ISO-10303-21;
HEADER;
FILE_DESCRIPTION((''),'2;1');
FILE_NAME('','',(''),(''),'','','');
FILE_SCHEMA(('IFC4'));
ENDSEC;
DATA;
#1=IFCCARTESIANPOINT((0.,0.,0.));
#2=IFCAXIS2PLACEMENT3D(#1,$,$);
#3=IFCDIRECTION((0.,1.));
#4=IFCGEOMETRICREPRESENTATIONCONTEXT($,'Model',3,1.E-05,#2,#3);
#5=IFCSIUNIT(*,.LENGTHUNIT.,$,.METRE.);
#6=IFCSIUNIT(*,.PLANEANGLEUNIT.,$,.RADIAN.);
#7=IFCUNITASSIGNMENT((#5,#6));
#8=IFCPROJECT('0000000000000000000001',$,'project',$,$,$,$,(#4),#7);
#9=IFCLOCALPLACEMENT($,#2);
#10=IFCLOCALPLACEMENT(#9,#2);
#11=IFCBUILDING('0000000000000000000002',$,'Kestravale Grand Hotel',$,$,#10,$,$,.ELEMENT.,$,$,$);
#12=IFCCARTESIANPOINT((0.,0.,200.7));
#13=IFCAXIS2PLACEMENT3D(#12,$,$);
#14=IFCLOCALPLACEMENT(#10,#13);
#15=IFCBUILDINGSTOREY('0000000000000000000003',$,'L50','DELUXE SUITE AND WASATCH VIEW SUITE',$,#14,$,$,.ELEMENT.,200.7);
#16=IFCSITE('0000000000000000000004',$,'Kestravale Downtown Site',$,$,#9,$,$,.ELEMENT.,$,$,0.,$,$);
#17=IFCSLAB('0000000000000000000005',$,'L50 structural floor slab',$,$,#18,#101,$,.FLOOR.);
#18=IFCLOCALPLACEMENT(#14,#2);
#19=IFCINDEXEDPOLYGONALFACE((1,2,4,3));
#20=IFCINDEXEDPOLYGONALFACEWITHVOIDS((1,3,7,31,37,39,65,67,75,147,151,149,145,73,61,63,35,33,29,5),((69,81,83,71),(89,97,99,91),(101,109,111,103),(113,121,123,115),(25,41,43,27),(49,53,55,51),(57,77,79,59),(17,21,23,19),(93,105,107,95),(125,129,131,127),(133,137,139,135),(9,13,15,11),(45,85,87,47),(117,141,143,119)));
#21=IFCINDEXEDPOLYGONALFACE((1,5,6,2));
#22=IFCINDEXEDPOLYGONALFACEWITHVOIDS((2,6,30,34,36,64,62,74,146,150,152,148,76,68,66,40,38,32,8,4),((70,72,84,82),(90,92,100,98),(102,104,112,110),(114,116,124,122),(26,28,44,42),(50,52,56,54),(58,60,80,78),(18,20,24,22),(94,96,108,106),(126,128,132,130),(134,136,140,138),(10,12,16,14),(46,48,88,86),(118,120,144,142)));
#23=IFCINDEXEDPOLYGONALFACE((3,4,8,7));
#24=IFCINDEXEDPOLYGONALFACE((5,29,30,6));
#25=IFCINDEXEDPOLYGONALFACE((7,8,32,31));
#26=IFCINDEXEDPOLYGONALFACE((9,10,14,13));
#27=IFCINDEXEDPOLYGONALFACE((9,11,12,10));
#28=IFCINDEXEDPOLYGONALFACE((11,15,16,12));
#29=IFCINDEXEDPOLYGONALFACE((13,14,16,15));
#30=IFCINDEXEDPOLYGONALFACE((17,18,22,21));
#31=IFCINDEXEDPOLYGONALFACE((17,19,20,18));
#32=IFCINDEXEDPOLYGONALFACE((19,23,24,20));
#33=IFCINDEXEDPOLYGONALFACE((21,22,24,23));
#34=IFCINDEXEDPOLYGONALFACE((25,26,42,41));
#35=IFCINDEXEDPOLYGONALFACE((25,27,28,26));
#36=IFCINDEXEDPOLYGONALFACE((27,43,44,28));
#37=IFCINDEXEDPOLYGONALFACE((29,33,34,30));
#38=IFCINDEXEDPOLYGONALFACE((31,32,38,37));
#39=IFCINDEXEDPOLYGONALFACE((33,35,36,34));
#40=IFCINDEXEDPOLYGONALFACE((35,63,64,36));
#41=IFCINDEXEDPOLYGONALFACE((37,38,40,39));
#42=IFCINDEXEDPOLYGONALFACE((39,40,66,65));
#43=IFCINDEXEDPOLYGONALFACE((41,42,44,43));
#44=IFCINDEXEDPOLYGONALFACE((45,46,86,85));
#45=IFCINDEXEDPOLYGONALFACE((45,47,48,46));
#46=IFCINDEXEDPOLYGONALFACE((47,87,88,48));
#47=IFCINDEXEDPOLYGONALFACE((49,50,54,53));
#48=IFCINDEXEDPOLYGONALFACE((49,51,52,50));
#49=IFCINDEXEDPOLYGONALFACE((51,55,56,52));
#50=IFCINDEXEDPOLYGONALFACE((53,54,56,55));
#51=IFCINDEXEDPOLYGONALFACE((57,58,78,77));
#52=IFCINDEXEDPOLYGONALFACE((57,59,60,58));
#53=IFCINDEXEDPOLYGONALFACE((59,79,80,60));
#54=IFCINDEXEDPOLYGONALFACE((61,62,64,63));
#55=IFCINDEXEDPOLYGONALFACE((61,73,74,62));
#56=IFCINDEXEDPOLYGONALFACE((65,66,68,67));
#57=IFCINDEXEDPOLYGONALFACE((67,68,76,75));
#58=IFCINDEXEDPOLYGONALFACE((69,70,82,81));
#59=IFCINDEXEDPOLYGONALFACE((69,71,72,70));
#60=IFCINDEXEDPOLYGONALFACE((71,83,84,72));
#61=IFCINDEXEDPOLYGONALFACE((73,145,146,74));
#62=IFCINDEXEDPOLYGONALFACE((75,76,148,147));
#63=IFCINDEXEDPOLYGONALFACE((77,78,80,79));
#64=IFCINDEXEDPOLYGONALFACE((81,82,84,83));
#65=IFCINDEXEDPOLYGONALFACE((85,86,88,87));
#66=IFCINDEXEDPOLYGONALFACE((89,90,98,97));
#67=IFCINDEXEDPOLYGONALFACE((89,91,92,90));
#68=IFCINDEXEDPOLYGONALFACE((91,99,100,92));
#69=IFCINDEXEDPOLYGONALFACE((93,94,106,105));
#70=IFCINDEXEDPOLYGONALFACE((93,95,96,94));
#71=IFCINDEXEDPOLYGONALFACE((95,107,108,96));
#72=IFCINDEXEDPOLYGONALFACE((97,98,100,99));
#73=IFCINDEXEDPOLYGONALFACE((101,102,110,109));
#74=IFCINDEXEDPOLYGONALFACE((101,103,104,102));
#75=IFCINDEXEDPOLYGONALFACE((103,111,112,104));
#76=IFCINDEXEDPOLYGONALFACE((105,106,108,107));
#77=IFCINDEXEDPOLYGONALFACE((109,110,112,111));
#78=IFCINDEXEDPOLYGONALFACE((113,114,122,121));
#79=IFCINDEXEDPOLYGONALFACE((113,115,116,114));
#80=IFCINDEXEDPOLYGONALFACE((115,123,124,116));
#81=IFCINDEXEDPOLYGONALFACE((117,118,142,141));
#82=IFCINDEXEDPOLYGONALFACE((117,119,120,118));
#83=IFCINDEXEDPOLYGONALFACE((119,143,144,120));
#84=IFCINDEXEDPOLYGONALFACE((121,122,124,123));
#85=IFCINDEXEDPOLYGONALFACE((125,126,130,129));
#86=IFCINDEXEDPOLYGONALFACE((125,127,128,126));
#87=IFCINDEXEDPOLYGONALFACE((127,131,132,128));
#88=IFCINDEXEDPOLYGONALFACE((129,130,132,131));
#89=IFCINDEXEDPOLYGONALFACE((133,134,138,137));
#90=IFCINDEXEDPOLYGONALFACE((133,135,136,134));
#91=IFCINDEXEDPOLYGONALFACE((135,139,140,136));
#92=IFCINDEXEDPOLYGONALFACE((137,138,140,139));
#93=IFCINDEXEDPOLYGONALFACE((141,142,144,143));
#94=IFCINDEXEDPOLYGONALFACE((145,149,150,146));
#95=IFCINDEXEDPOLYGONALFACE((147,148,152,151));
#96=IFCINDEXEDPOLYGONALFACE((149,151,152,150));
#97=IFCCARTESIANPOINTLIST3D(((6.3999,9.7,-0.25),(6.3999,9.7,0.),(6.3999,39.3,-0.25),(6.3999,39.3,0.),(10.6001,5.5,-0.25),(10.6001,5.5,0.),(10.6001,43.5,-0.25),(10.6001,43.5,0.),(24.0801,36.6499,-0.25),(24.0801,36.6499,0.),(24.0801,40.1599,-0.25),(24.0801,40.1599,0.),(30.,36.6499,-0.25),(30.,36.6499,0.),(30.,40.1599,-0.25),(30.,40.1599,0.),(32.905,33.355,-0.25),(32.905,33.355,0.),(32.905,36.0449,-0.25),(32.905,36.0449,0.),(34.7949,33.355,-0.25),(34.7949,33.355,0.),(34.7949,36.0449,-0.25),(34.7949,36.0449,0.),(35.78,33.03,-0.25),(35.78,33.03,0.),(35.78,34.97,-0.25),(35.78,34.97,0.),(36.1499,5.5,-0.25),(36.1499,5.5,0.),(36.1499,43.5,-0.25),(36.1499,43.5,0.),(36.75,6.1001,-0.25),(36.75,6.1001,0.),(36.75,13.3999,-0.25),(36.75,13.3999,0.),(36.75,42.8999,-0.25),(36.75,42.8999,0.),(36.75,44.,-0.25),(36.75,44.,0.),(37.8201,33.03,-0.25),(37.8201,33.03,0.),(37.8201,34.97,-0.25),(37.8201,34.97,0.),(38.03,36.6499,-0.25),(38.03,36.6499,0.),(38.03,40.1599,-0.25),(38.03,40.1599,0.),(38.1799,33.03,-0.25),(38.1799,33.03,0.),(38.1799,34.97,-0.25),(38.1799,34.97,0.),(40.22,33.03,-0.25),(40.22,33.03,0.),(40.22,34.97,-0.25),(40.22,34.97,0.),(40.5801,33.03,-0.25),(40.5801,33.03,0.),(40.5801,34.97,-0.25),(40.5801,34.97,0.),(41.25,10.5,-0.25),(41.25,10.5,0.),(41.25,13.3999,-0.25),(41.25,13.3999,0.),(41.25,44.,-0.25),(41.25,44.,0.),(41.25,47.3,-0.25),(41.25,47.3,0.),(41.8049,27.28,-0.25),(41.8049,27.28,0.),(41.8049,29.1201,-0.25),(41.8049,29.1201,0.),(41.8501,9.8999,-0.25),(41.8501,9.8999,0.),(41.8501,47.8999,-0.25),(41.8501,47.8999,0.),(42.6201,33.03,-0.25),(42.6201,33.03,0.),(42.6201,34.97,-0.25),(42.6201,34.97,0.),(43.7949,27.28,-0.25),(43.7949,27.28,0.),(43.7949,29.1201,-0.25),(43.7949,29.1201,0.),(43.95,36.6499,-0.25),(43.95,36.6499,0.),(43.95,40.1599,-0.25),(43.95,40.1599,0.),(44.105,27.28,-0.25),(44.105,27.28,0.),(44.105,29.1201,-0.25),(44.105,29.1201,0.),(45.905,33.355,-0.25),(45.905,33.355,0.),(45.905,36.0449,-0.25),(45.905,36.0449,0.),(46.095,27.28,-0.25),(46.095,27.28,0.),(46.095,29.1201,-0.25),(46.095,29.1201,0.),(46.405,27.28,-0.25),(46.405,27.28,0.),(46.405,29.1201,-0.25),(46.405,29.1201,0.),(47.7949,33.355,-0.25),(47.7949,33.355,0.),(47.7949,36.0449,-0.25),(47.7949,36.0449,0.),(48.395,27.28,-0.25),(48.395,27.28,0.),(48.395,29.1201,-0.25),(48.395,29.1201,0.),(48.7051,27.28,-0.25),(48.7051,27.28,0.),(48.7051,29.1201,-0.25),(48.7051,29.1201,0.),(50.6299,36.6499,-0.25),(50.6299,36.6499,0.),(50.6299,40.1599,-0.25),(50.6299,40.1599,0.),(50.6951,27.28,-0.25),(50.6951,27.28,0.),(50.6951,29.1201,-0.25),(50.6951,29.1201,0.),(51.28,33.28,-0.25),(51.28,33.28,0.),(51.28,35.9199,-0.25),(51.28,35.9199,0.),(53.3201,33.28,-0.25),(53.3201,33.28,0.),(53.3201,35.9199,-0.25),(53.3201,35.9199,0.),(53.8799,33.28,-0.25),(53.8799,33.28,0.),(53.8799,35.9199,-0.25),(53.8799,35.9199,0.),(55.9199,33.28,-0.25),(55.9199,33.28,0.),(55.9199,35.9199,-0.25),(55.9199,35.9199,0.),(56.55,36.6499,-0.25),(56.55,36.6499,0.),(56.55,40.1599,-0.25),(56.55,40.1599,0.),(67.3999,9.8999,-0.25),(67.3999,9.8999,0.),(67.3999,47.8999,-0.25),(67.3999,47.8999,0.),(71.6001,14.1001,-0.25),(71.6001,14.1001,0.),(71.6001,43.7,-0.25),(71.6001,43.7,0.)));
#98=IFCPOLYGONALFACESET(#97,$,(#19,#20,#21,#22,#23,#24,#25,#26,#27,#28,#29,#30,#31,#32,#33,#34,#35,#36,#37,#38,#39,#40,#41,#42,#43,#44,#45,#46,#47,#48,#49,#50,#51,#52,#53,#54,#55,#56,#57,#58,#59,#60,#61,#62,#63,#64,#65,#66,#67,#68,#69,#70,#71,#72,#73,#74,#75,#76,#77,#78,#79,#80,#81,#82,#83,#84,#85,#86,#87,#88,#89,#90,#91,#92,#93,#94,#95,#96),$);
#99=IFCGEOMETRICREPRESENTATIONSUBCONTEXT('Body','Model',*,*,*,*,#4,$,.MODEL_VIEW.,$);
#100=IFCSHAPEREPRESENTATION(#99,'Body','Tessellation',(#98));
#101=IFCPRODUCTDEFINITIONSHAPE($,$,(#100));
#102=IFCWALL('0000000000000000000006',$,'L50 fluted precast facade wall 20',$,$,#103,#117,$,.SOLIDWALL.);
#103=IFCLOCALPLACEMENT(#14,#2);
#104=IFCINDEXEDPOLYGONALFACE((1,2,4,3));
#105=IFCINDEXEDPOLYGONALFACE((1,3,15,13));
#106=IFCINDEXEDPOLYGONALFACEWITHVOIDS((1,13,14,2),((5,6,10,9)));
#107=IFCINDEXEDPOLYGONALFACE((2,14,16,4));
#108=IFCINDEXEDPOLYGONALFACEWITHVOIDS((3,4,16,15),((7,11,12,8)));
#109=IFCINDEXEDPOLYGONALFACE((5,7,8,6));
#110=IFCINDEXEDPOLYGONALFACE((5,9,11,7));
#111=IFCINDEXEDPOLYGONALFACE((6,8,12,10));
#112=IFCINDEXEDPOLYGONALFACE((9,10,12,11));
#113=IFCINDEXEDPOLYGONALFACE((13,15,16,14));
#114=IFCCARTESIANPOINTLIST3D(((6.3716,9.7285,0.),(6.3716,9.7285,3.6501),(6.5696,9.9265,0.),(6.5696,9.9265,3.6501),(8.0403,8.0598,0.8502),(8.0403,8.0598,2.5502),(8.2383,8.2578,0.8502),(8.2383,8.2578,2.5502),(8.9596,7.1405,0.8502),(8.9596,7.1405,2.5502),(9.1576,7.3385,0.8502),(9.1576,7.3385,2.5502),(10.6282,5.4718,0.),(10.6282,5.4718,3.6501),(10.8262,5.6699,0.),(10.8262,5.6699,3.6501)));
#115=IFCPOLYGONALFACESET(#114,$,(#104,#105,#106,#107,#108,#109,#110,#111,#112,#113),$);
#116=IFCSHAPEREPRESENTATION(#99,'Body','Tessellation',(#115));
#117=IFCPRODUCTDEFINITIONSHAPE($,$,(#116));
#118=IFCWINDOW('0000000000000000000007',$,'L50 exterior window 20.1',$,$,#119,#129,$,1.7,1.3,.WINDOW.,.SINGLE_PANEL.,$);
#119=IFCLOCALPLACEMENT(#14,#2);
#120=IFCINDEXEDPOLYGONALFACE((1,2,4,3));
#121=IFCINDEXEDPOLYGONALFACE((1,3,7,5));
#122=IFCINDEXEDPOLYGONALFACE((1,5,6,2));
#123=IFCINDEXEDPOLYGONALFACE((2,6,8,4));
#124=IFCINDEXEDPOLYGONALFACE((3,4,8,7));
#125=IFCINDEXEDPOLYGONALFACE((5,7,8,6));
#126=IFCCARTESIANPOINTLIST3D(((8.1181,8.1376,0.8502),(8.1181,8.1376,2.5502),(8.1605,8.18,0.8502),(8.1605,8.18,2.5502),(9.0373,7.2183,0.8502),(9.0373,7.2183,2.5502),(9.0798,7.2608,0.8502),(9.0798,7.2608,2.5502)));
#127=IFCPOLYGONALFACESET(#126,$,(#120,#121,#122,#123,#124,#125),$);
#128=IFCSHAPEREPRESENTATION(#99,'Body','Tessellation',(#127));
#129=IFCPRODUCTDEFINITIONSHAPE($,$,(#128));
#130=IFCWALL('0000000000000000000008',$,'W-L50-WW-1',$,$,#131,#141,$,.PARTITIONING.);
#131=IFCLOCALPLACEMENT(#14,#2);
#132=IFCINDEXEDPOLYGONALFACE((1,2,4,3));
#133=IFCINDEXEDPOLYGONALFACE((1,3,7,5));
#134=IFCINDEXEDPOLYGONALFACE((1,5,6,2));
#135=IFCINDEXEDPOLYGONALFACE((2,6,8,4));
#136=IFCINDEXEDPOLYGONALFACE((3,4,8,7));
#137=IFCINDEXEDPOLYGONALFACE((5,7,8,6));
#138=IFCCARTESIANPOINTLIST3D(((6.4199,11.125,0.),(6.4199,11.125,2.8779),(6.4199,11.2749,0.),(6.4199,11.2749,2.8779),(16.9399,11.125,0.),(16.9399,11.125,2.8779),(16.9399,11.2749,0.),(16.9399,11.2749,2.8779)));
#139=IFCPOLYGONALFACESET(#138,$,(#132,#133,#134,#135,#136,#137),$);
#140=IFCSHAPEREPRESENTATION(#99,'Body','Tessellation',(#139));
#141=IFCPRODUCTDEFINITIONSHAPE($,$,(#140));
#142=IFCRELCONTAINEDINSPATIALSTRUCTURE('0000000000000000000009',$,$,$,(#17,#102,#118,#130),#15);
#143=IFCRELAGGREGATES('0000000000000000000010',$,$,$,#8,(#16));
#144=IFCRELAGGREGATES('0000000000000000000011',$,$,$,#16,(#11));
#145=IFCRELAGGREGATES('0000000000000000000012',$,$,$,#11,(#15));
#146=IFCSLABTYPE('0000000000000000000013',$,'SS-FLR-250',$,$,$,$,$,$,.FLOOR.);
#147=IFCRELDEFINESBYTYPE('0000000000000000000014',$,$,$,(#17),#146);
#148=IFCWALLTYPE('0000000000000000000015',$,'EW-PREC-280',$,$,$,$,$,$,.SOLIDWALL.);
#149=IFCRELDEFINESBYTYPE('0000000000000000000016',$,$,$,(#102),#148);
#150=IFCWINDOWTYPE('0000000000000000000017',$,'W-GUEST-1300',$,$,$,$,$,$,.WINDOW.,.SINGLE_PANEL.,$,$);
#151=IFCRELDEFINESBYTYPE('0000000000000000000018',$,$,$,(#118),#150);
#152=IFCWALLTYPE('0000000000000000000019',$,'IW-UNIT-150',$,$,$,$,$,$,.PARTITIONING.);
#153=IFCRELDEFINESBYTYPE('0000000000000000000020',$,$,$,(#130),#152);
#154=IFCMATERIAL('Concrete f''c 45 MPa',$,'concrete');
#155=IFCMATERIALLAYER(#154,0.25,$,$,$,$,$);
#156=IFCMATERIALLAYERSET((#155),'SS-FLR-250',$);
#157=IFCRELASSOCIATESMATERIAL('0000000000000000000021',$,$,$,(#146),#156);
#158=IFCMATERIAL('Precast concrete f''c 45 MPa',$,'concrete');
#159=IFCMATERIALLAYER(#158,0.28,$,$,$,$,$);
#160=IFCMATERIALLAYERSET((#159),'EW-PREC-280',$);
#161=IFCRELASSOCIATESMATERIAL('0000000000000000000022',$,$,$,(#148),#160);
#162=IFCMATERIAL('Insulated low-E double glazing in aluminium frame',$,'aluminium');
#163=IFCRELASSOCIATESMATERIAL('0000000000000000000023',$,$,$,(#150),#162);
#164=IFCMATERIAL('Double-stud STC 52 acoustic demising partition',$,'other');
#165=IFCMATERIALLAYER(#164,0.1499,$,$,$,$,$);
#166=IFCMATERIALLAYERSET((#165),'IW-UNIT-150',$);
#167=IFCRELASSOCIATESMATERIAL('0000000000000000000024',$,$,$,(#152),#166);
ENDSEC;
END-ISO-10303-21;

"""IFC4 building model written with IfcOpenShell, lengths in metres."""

from ifc_helpers import new_model, si_unit, direction, frame, frame_2d, origin, place, context, subcontext, project, spatial, polyline, rectangle, outline, extrude, material, layer, layer_set, type_object, element, fill, save


model = new_model("IFC4")

# Units and contexts
model_context = context("Model", 3, precision=1e-05, world=origin(), true_north=direction((0.0, 1.0)))
body_context = subcontext(model_context, "Body", "Model", "MODEL_VIEW")
ifc_project = project(units=[si_unit("LENGTHUNIT", "METRE"), si_unit("PLANEANGLEUNIT", "RADIAN")], contexts=[model_context])

# Site, building, storey
site_placement = place(None, origin())
site = spatial("IfcSite", under=ifc_project, at=site_placement, Name="Kestravale Downtown Site", CompositionType="ELEMENT", RefElevation=0.0)
building_placement = place(site_placement, origin())
building = spatial("IfcBuilding", under=site, at=building_placement, Name="Kestravale Grand Hotel", CompositionType="ELEMENT")
storey_placement = place(building_placement, frame((0.0, 0.0, 200.7)))
storey = spatial("IfcBuildingStorey", under=building, at=storey_placement, Name="L50", Description="DELUXE SUITE AND WASATCH VIEW SUITE", CompositionType="ELEMENT", Elevation=200.7)

# Slab
ifc_material_1 = material(Name="Concrete f'c 45 MPa", Category="concrete")
ifc_layer_1 = layer(ifc_material_1, 0.25)
ifc_layer_set_1 = layer_set([ifc_layer_1], Name="SS-FLR-250")
slab_type_1 = type_object("IfcSlabType", Name="SS-FLR-250", PredefinedType="FLOOR", material=ifc_layer_set_1)
slab_1_placement = place(storey_placement, frame((0.0, 0.0, -0.25)))
element("IfcSlab", 1, at=slab_1_placement, inside=storey, type_object=slab_type_1, Name="L50 structural floor slab", PredefinedType="FLOOR", context=body_context, shape_type="SweptSolid", body=[
    extrude(outline(polyline([(10.6001, 5.5), (36.1499, 5.5), (36.75, 6.1001), (36.75, 13.3999), (41.25, 13.3999), (41.25, 10.5), (41.8501, 9.8999), (67.3999, 9.8999), (71.6001, 14.1001), (71.6001, 43.7), (67.3999, 47.8999), (41.8501, 47.8999), (41.25, 47.3), (41.25, 44.0), (36.75, 44.0), (36.75, 42.8999), (36.1499, 43.5), (10.6001, 43.5), (6.3999, 39.3), (6.3999, 9.7), (10.6001, 5.5)]), holes=[polyline([(24.0801, 36.6499), (30.0, 36.6499), (30.0, 40.1599), (24.0801, 40.1599), (24.0801, 36.6499)]), polyline([(38.03, 36.6499), (43.95, 36.6499), (43.95, 40.1599), (38.03, 40.1599), (38.03, 36.6499)]), polyline([(50.6299, 36.6499), (56.55, 36.6499), (56.55, 40.1599), (50.6299, 40.1599), (50.6299, 36.6499)]), polyline([(41.8049, 27.28), (43.7949, 27.28), (43.7949, 29.1201), (41.8049, 29.1201), (41.8049, 27.28)]), polyline([(44.105, 27.28), (46.095, 27.28), (46.095, 29.1201), (44.105, 29.1201), (44.105, 27.28)]), polyline([(46.405, 27.28), (48.395, 27.28), (48.395, 29.1201), (46.405, 29.1201), (46.405, 27.28)]), polyline([(48.7051, 27.28), (50.6951, 27.28), (50.6951, 29.1201), (48.7051, 29.1201), (48.7051, 27.28)]), polyline([(35.78, 33.03), (37.8201, 33.03), (37.8201, 34.97), (35.78, 34.97), (35.78, 33.03)]), polyline([(38.1799, 33.03), (40.22, 33.03), (40.22, 34.97), (38.1799, 34.97), (38.1799, 33.03)]), polyline([(40.5801, 33.03), (42.6201, 33.03), (42.6201, 34.97), (40.5801, 34.97), (40.5801, 33.03)]), polyline([(32.905, 33.355), (34.7949, 33.355), (34.7949, 36.0449), (32.905, 36.0449), (32.905, 33.355)]), polyline([(45.905, 33.355), (47.7949, 33.355), (47.7949, 36.0449), (45.905, 36.0449), (45.905, 33.355)]), polyline([(51.28, 33.28), (53.3201, 33.28), (53.3201, 35.9199), (51.28, 35.9199), (51.28, 33.28)]), polyline([(53.8799, 33.28), (55.9199, 33.28), (55.9199, 35.9199), (53.8799, 35.9199), (53.8799, 33.28)])]), origin(), (0.0, 0.0, 1.0), 0.25),
])

# Wall, opening, window
ifc_material_2 = material(Name="Precast concrete f'c 45 MPa", Category="concrete")
ifc_layer_2 = layer(ifc_material_2, 0.28)
ifc_layer_set_2 = layer_set([ifc_layer_2], Name="EW-PREC-280")
wall_type_1 = type_object("IfcWallType", Name="EW-PREC-280", PredefinedType="SOLIDWALL", material=ifc_layer_set_2)
wall_1_placement = place(storey_placement, frame((6.4707, 9.8274, 0.0), z_axis=(0.0, 0.0, 1.0), x_axis=(0.707107, -0.707107, 0.0)))
wall_1 = element("IfcWall", 2, at=wall_1_placement, inside=storey, type_object=wall_type_1, Name="L50 fluted precast facade wall 20", PredefinedType="SOLIDWALL", context=body_context, shape_type="SweptSolid", body=[
    extrude(rectangle(XDim=6.0198, YDim=0.28, at=frame_2d((3.0098, 0.0))), origin(), (0.0, 0.0, 1.0), 3.6501),
])
opening_placement = place(wall_1_placement, frame((2.3599, 0.0, 0.8501)))
opening = element("IfcOpeningElement", 3, at=opening_placement, cuts=wall_1, PredefinedType="OPENING", context=body_context, shape_type="SweptSolid", body=[
    extrude(rectangle(XDim=1.3, YDim=1.7, at=frame_2d((0.6499, 0.8501))), frame((0.0, 0.1499, 0.0), z_axis=(0.0, -1.0, 0.0), x_axis=(1.0, 0.0, 0.0)), (0.0, 0.0, 1.0), 0.3),
])
ifc_material_3 = material(Name="Insulated low-E double glazing in aluminium frame", Category="aluminium")
window_type = type_object("IfcWindowType", Name="W-GUEST-1300", PartitioningType="SINGLE_PANEL", PredefinedType="WINDOW", material=ifc_material_3)
window_placement = place(opening_placement, origin())
window = element("IfcWindow", 4, at=window_placement, inside=storey, type_object=window_type, Name="L50 exterior window 20.1", OverallHeight=1.7, OverallWidth=1.3, PartitioningType="SINGLE_PANEL", PredefinedType="WINDOW", context=body_context, shape_type="SweptSolid", body=[
    extrude(rectangle(XDim=1.3, YDim=1.7, at=frame_2d((0.6499, 0.8501))), frame((0.0, 0.03, 0.0), z_axis=(0.0, -1.0, 0.0), x_axis=(1.0, 0.0, 0.0)), (0.0, 0.0, 1.0), 0.0601),
])
fill(opening, window)

# Wall
ifc_material_4 = material(Name="Double-stud STC 52 acoustic demising partition", Category="other")
ifc_layer_3 = layer(ifc_material_4, 0.1499)
ifc_layer_set_3 = layer_set([ifc_layer_3], Name="IW-UNIT-150")
wall_type_2 = type_object("IfcWallType", Name="IW-UNIT-150", PredefinedType="PARTITIONING", material=ifc_layer_set_3)
wall_2_placement = place(storey_placement, frame((6.4199, 11.2, 0.0), z_axis=(0.0, 0.0, 1.0), x_axis=(1.0, 0.0, 0.0)))
element("IfcWall", 5, at=wall_2_placement, inside=storey, type_object=wall_type_2, Name="W-L50-WW-1", PredefinedType="PARTITIONING", context=body_context, shape_type="SweptSolid", body=[
    extrude(rectangle(XDim=10.52, YDim=0.1499, at=frame_2d((5.26, 0.0))), origin(), (0.0, 0.0, 1.0), 2.8779),
])

save(model, "model.ifc")
